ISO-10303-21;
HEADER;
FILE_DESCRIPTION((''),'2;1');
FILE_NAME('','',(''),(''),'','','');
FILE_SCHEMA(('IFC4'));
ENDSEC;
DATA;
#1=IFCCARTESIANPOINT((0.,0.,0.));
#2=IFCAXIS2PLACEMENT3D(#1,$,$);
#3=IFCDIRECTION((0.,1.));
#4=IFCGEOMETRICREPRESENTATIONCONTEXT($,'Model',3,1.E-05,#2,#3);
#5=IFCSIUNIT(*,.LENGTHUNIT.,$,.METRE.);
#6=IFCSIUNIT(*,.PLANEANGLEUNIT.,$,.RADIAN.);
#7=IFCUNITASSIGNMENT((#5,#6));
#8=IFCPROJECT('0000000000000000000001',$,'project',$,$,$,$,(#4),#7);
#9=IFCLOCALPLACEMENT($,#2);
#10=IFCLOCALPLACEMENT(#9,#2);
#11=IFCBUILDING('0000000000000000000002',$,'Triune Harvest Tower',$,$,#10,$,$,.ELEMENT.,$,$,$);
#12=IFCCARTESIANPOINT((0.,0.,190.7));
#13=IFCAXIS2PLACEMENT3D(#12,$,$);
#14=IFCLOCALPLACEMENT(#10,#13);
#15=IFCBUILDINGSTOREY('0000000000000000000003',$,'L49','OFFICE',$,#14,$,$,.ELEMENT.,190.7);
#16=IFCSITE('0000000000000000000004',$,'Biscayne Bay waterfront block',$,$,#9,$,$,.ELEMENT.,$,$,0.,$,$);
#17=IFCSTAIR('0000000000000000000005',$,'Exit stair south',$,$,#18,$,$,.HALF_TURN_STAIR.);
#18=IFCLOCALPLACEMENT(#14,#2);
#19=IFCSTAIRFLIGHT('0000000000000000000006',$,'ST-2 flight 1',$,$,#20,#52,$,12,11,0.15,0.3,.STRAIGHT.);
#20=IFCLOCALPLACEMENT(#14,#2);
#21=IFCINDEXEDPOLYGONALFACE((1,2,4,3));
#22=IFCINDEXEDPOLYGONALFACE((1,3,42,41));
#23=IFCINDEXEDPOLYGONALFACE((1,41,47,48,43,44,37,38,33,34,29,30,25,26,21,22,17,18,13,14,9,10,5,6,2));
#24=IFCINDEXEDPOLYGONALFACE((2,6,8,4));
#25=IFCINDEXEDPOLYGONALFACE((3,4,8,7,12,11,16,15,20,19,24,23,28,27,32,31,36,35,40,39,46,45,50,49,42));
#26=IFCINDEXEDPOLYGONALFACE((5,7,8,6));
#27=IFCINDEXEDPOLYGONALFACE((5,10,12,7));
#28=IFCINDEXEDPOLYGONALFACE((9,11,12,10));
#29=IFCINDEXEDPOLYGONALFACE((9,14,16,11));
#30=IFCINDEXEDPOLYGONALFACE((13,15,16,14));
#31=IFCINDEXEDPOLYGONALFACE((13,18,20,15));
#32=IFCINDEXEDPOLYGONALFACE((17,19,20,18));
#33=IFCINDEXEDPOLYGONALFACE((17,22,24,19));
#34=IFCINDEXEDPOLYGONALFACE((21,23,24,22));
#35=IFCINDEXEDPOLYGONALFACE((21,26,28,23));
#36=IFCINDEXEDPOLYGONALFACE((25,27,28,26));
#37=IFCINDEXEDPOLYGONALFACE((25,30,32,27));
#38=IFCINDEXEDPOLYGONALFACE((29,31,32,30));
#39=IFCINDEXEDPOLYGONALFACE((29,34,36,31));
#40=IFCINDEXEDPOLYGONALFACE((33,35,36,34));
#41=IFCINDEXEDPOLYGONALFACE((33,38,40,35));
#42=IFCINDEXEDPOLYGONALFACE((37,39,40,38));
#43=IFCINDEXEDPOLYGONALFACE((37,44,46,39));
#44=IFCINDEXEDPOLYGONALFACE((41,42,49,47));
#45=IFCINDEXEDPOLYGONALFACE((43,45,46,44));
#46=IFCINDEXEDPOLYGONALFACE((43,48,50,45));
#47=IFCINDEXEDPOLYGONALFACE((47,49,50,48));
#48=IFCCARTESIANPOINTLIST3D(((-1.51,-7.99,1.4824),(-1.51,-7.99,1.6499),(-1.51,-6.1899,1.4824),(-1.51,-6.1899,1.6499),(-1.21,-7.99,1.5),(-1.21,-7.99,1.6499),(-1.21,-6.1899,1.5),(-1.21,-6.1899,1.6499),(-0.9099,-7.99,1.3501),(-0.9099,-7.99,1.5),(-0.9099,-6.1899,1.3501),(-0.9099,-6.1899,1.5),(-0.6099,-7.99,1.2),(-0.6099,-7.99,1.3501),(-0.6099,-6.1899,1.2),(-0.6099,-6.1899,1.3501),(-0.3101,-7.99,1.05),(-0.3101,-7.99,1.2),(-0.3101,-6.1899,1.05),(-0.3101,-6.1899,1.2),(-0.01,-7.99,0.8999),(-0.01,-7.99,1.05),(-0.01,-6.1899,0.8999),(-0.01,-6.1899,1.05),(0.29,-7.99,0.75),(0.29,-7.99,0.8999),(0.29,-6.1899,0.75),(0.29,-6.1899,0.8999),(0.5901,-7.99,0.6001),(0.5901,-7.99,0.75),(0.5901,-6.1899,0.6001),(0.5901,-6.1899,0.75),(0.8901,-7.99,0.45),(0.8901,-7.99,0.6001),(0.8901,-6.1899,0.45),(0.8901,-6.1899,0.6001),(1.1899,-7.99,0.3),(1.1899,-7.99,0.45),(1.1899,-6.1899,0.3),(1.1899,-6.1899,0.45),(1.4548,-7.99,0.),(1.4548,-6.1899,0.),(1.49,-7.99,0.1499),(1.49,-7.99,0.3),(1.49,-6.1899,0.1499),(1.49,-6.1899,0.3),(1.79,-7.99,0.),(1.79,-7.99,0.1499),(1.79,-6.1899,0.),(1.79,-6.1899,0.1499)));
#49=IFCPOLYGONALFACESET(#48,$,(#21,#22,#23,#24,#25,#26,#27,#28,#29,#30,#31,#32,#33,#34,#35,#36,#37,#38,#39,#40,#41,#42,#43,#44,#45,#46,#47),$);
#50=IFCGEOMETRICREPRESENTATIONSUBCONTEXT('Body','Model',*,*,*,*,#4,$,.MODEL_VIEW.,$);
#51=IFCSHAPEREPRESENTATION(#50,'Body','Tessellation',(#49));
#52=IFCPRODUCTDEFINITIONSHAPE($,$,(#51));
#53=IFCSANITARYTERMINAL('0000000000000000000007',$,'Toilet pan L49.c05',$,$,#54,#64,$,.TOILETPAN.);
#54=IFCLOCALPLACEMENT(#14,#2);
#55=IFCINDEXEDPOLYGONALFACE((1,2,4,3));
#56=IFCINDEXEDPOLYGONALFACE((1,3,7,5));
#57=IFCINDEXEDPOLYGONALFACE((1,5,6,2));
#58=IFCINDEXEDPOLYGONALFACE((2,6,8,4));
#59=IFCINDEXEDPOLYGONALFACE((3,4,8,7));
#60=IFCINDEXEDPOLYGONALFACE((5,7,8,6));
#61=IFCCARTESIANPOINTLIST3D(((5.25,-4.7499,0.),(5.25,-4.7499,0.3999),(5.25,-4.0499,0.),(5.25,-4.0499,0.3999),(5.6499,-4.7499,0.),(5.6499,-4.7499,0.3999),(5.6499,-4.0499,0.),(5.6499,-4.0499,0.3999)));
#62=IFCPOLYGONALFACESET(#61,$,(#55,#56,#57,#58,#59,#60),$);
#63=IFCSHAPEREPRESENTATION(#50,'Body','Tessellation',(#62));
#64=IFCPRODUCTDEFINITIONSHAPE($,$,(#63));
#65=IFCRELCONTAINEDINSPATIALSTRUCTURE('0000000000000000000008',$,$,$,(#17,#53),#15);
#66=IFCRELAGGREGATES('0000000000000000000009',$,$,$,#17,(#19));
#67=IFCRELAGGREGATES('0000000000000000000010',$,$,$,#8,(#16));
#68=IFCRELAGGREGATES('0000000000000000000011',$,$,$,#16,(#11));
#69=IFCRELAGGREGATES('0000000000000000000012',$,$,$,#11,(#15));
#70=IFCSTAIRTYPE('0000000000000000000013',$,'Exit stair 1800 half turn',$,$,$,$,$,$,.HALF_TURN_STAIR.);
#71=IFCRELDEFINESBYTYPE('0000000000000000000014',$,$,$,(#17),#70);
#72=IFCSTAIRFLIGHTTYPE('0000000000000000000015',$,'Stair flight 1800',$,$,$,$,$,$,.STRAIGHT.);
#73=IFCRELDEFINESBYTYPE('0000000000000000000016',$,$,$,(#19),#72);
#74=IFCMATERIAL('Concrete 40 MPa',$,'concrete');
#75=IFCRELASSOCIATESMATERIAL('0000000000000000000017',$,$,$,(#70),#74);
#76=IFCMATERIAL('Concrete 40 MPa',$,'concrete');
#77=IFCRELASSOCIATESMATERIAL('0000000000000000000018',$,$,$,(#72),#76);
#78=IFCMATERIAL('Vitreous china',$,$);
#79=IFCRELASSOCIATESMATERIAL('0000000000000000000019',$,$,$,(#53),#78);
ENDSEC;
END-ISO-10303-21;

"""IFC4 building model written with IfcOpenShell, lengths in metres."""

from ifc_helpers import new_model, si_unit, direction, frame, origin, origin_2d, place, context, subcontext, project, spatial, polyline, rectangle, outline, extrude, source, transform, mapped, material, type_object, element, aggregate, save


model = new_model("IFC4")

# Units and contexts
model_context = context("Model", 3, precision=1e-05, world=origin(), true_north=direction((0.0, 1.0)))
body_context = subcontext(model_context, "Body", "Model", "MODEL_VIEW")
ifc_project = project(units=[si_unit("LENGTHUNIT", "METRE"), si_unit("PLANEANGLEUNIT", "RADIAN")], contexts=[model_context])

# Site, building, storey
site_placement = place(None, origin())
site = spatial("IfcSite", under=ifc_project, at=site_placement, Name="Biscayne Bay waterfront block", CompositionType="ELEMENT", RefElevation=0.0)
building_placement = place(site_placement, origin())
building = spatial("IfcBuilding", under=site, at=building_placement, Name="Triune Harvest Tower", CompositionType="ELEMENT")
storey_placement = place(building_placement, frame((0.0, 0.0, 190.7)))
storey = spatial("IfcBuildingStorey", under=building, at=storey_placement, Name="L49", Description="OFFICE", CompositionType="ELEMENT", Elevation=190.7)

# Stair, stair flight
ifc_material_1 = material(Name="Concrete 40 MPa", Category="concrete")
stair_type = type_object("IfcStairType", Name="Exit stair 1800 half turn", PredefinedType="HALF_TURN_STAIR", material=ifc_material_1)
stair_placement = place(storey_placement, origin())
stair = element("IfcStair", 1, at=stair_placement, inside=storey, type_object=stair_type, Name="Exit stair south", PredefinedType="HALF_TURN_STAIR")
ifc_material_2 = material(Name="Concrete 40 MPa", Category="concrete")
stair_flight_type = type_object("IfcStairFlightType", Name="Stair flight 1800", PredefinedType="STRAIGHT", material=ifc_material_2)
shared_shape_1 = source(origin(), body_context, "Body", "SweptSolid", [
    extrude(outline(polyline([(0.0, 0.0), (0.0, 0.1499), (0.3, 0.1499), (0.3, 0.3), (0.6001, 0.3), (0.6001, 0.45), (0.8999, 0.45), (0.8999, 0.6001), (1.2, 0.6001), (1.2, 0.75), (1.5, 0.75), (1.5, 0.8999), (1.8, 0.8999), (1.8, 1.05), (2.1001, 1.05), (2.1001, 1.2), (2.3999, 1.2), (2.3999, 1.3501), (2.7, 1.3501), (2.7, 1.5), (3.0, 1.5), (3.0, 1.6499), (3.3, 1.6499), (3.3, 1.8), (3.3, 1.4824), (0.3352, 0.0), (0.0, 0.0)])), frame((0.0, 0.8999, 0.0), z_axis=(0.0, -1.0, 0.0), x_axis=(1.0, 0.0, 0.0)), (0.0, 0.0, 1.0), 1.8),
])
stair_flight_placement = place(storey_placement, frame((1.79, -7.0901, 0.0), z_axis=(0.0, 0.0, 1.0), x_axis=(-1.0, 0.0, 0.0)))
stair_flight = element("IfcStairFlight", 2, at=stair_flight_placement, type_object=stair_flight_type, Name="ST-2 flight 1", NumberOfRisers=12, NumberOfTreads=11, PredefinedType="STRAIGHT", RiserHeight=0.15, TreadLength=0.3, context=body_context, shape_type="MappedRepresentation", body=[
    mapped(shared_shape_1, transform((0.0, 0.0, 0.0), scale=1.0)),
])
aggregate(stair, [stair_flight])

# Sanitary terminal
ifc_material_3 = material(Name="Vitreous china")
shared_shape_2 = source(origin(), body_context, "Body", "SweptSolid", [
    extrude(rectangle(XDim=0.3999, YDim=0.7, at=origin_2d()), origin(), (0.0, 0.0, 1.0), 0.3999),
])
sanitary_terminal_placement = place(storey_placement, frame((5.45, -4.3999, 0.0), z_axis=(0.0, 0.0, 1.0), x_axis=(1.0, 0.0, 0.0)))
element("IfcSanitaryTerminal", 3, at=sanitary_terminal_placement, inside=storey, material=ifc_material_3, Name="Toilet pan L49.c05", PredefinedType="TOILETPAN", context=body_context, shape_type="MappedRepresentation", body=[
    mapped(shared_shape_2, transform((0.0, 0.0, 0.0), scale=1.0)),
])

save(model, "model.ifc")
